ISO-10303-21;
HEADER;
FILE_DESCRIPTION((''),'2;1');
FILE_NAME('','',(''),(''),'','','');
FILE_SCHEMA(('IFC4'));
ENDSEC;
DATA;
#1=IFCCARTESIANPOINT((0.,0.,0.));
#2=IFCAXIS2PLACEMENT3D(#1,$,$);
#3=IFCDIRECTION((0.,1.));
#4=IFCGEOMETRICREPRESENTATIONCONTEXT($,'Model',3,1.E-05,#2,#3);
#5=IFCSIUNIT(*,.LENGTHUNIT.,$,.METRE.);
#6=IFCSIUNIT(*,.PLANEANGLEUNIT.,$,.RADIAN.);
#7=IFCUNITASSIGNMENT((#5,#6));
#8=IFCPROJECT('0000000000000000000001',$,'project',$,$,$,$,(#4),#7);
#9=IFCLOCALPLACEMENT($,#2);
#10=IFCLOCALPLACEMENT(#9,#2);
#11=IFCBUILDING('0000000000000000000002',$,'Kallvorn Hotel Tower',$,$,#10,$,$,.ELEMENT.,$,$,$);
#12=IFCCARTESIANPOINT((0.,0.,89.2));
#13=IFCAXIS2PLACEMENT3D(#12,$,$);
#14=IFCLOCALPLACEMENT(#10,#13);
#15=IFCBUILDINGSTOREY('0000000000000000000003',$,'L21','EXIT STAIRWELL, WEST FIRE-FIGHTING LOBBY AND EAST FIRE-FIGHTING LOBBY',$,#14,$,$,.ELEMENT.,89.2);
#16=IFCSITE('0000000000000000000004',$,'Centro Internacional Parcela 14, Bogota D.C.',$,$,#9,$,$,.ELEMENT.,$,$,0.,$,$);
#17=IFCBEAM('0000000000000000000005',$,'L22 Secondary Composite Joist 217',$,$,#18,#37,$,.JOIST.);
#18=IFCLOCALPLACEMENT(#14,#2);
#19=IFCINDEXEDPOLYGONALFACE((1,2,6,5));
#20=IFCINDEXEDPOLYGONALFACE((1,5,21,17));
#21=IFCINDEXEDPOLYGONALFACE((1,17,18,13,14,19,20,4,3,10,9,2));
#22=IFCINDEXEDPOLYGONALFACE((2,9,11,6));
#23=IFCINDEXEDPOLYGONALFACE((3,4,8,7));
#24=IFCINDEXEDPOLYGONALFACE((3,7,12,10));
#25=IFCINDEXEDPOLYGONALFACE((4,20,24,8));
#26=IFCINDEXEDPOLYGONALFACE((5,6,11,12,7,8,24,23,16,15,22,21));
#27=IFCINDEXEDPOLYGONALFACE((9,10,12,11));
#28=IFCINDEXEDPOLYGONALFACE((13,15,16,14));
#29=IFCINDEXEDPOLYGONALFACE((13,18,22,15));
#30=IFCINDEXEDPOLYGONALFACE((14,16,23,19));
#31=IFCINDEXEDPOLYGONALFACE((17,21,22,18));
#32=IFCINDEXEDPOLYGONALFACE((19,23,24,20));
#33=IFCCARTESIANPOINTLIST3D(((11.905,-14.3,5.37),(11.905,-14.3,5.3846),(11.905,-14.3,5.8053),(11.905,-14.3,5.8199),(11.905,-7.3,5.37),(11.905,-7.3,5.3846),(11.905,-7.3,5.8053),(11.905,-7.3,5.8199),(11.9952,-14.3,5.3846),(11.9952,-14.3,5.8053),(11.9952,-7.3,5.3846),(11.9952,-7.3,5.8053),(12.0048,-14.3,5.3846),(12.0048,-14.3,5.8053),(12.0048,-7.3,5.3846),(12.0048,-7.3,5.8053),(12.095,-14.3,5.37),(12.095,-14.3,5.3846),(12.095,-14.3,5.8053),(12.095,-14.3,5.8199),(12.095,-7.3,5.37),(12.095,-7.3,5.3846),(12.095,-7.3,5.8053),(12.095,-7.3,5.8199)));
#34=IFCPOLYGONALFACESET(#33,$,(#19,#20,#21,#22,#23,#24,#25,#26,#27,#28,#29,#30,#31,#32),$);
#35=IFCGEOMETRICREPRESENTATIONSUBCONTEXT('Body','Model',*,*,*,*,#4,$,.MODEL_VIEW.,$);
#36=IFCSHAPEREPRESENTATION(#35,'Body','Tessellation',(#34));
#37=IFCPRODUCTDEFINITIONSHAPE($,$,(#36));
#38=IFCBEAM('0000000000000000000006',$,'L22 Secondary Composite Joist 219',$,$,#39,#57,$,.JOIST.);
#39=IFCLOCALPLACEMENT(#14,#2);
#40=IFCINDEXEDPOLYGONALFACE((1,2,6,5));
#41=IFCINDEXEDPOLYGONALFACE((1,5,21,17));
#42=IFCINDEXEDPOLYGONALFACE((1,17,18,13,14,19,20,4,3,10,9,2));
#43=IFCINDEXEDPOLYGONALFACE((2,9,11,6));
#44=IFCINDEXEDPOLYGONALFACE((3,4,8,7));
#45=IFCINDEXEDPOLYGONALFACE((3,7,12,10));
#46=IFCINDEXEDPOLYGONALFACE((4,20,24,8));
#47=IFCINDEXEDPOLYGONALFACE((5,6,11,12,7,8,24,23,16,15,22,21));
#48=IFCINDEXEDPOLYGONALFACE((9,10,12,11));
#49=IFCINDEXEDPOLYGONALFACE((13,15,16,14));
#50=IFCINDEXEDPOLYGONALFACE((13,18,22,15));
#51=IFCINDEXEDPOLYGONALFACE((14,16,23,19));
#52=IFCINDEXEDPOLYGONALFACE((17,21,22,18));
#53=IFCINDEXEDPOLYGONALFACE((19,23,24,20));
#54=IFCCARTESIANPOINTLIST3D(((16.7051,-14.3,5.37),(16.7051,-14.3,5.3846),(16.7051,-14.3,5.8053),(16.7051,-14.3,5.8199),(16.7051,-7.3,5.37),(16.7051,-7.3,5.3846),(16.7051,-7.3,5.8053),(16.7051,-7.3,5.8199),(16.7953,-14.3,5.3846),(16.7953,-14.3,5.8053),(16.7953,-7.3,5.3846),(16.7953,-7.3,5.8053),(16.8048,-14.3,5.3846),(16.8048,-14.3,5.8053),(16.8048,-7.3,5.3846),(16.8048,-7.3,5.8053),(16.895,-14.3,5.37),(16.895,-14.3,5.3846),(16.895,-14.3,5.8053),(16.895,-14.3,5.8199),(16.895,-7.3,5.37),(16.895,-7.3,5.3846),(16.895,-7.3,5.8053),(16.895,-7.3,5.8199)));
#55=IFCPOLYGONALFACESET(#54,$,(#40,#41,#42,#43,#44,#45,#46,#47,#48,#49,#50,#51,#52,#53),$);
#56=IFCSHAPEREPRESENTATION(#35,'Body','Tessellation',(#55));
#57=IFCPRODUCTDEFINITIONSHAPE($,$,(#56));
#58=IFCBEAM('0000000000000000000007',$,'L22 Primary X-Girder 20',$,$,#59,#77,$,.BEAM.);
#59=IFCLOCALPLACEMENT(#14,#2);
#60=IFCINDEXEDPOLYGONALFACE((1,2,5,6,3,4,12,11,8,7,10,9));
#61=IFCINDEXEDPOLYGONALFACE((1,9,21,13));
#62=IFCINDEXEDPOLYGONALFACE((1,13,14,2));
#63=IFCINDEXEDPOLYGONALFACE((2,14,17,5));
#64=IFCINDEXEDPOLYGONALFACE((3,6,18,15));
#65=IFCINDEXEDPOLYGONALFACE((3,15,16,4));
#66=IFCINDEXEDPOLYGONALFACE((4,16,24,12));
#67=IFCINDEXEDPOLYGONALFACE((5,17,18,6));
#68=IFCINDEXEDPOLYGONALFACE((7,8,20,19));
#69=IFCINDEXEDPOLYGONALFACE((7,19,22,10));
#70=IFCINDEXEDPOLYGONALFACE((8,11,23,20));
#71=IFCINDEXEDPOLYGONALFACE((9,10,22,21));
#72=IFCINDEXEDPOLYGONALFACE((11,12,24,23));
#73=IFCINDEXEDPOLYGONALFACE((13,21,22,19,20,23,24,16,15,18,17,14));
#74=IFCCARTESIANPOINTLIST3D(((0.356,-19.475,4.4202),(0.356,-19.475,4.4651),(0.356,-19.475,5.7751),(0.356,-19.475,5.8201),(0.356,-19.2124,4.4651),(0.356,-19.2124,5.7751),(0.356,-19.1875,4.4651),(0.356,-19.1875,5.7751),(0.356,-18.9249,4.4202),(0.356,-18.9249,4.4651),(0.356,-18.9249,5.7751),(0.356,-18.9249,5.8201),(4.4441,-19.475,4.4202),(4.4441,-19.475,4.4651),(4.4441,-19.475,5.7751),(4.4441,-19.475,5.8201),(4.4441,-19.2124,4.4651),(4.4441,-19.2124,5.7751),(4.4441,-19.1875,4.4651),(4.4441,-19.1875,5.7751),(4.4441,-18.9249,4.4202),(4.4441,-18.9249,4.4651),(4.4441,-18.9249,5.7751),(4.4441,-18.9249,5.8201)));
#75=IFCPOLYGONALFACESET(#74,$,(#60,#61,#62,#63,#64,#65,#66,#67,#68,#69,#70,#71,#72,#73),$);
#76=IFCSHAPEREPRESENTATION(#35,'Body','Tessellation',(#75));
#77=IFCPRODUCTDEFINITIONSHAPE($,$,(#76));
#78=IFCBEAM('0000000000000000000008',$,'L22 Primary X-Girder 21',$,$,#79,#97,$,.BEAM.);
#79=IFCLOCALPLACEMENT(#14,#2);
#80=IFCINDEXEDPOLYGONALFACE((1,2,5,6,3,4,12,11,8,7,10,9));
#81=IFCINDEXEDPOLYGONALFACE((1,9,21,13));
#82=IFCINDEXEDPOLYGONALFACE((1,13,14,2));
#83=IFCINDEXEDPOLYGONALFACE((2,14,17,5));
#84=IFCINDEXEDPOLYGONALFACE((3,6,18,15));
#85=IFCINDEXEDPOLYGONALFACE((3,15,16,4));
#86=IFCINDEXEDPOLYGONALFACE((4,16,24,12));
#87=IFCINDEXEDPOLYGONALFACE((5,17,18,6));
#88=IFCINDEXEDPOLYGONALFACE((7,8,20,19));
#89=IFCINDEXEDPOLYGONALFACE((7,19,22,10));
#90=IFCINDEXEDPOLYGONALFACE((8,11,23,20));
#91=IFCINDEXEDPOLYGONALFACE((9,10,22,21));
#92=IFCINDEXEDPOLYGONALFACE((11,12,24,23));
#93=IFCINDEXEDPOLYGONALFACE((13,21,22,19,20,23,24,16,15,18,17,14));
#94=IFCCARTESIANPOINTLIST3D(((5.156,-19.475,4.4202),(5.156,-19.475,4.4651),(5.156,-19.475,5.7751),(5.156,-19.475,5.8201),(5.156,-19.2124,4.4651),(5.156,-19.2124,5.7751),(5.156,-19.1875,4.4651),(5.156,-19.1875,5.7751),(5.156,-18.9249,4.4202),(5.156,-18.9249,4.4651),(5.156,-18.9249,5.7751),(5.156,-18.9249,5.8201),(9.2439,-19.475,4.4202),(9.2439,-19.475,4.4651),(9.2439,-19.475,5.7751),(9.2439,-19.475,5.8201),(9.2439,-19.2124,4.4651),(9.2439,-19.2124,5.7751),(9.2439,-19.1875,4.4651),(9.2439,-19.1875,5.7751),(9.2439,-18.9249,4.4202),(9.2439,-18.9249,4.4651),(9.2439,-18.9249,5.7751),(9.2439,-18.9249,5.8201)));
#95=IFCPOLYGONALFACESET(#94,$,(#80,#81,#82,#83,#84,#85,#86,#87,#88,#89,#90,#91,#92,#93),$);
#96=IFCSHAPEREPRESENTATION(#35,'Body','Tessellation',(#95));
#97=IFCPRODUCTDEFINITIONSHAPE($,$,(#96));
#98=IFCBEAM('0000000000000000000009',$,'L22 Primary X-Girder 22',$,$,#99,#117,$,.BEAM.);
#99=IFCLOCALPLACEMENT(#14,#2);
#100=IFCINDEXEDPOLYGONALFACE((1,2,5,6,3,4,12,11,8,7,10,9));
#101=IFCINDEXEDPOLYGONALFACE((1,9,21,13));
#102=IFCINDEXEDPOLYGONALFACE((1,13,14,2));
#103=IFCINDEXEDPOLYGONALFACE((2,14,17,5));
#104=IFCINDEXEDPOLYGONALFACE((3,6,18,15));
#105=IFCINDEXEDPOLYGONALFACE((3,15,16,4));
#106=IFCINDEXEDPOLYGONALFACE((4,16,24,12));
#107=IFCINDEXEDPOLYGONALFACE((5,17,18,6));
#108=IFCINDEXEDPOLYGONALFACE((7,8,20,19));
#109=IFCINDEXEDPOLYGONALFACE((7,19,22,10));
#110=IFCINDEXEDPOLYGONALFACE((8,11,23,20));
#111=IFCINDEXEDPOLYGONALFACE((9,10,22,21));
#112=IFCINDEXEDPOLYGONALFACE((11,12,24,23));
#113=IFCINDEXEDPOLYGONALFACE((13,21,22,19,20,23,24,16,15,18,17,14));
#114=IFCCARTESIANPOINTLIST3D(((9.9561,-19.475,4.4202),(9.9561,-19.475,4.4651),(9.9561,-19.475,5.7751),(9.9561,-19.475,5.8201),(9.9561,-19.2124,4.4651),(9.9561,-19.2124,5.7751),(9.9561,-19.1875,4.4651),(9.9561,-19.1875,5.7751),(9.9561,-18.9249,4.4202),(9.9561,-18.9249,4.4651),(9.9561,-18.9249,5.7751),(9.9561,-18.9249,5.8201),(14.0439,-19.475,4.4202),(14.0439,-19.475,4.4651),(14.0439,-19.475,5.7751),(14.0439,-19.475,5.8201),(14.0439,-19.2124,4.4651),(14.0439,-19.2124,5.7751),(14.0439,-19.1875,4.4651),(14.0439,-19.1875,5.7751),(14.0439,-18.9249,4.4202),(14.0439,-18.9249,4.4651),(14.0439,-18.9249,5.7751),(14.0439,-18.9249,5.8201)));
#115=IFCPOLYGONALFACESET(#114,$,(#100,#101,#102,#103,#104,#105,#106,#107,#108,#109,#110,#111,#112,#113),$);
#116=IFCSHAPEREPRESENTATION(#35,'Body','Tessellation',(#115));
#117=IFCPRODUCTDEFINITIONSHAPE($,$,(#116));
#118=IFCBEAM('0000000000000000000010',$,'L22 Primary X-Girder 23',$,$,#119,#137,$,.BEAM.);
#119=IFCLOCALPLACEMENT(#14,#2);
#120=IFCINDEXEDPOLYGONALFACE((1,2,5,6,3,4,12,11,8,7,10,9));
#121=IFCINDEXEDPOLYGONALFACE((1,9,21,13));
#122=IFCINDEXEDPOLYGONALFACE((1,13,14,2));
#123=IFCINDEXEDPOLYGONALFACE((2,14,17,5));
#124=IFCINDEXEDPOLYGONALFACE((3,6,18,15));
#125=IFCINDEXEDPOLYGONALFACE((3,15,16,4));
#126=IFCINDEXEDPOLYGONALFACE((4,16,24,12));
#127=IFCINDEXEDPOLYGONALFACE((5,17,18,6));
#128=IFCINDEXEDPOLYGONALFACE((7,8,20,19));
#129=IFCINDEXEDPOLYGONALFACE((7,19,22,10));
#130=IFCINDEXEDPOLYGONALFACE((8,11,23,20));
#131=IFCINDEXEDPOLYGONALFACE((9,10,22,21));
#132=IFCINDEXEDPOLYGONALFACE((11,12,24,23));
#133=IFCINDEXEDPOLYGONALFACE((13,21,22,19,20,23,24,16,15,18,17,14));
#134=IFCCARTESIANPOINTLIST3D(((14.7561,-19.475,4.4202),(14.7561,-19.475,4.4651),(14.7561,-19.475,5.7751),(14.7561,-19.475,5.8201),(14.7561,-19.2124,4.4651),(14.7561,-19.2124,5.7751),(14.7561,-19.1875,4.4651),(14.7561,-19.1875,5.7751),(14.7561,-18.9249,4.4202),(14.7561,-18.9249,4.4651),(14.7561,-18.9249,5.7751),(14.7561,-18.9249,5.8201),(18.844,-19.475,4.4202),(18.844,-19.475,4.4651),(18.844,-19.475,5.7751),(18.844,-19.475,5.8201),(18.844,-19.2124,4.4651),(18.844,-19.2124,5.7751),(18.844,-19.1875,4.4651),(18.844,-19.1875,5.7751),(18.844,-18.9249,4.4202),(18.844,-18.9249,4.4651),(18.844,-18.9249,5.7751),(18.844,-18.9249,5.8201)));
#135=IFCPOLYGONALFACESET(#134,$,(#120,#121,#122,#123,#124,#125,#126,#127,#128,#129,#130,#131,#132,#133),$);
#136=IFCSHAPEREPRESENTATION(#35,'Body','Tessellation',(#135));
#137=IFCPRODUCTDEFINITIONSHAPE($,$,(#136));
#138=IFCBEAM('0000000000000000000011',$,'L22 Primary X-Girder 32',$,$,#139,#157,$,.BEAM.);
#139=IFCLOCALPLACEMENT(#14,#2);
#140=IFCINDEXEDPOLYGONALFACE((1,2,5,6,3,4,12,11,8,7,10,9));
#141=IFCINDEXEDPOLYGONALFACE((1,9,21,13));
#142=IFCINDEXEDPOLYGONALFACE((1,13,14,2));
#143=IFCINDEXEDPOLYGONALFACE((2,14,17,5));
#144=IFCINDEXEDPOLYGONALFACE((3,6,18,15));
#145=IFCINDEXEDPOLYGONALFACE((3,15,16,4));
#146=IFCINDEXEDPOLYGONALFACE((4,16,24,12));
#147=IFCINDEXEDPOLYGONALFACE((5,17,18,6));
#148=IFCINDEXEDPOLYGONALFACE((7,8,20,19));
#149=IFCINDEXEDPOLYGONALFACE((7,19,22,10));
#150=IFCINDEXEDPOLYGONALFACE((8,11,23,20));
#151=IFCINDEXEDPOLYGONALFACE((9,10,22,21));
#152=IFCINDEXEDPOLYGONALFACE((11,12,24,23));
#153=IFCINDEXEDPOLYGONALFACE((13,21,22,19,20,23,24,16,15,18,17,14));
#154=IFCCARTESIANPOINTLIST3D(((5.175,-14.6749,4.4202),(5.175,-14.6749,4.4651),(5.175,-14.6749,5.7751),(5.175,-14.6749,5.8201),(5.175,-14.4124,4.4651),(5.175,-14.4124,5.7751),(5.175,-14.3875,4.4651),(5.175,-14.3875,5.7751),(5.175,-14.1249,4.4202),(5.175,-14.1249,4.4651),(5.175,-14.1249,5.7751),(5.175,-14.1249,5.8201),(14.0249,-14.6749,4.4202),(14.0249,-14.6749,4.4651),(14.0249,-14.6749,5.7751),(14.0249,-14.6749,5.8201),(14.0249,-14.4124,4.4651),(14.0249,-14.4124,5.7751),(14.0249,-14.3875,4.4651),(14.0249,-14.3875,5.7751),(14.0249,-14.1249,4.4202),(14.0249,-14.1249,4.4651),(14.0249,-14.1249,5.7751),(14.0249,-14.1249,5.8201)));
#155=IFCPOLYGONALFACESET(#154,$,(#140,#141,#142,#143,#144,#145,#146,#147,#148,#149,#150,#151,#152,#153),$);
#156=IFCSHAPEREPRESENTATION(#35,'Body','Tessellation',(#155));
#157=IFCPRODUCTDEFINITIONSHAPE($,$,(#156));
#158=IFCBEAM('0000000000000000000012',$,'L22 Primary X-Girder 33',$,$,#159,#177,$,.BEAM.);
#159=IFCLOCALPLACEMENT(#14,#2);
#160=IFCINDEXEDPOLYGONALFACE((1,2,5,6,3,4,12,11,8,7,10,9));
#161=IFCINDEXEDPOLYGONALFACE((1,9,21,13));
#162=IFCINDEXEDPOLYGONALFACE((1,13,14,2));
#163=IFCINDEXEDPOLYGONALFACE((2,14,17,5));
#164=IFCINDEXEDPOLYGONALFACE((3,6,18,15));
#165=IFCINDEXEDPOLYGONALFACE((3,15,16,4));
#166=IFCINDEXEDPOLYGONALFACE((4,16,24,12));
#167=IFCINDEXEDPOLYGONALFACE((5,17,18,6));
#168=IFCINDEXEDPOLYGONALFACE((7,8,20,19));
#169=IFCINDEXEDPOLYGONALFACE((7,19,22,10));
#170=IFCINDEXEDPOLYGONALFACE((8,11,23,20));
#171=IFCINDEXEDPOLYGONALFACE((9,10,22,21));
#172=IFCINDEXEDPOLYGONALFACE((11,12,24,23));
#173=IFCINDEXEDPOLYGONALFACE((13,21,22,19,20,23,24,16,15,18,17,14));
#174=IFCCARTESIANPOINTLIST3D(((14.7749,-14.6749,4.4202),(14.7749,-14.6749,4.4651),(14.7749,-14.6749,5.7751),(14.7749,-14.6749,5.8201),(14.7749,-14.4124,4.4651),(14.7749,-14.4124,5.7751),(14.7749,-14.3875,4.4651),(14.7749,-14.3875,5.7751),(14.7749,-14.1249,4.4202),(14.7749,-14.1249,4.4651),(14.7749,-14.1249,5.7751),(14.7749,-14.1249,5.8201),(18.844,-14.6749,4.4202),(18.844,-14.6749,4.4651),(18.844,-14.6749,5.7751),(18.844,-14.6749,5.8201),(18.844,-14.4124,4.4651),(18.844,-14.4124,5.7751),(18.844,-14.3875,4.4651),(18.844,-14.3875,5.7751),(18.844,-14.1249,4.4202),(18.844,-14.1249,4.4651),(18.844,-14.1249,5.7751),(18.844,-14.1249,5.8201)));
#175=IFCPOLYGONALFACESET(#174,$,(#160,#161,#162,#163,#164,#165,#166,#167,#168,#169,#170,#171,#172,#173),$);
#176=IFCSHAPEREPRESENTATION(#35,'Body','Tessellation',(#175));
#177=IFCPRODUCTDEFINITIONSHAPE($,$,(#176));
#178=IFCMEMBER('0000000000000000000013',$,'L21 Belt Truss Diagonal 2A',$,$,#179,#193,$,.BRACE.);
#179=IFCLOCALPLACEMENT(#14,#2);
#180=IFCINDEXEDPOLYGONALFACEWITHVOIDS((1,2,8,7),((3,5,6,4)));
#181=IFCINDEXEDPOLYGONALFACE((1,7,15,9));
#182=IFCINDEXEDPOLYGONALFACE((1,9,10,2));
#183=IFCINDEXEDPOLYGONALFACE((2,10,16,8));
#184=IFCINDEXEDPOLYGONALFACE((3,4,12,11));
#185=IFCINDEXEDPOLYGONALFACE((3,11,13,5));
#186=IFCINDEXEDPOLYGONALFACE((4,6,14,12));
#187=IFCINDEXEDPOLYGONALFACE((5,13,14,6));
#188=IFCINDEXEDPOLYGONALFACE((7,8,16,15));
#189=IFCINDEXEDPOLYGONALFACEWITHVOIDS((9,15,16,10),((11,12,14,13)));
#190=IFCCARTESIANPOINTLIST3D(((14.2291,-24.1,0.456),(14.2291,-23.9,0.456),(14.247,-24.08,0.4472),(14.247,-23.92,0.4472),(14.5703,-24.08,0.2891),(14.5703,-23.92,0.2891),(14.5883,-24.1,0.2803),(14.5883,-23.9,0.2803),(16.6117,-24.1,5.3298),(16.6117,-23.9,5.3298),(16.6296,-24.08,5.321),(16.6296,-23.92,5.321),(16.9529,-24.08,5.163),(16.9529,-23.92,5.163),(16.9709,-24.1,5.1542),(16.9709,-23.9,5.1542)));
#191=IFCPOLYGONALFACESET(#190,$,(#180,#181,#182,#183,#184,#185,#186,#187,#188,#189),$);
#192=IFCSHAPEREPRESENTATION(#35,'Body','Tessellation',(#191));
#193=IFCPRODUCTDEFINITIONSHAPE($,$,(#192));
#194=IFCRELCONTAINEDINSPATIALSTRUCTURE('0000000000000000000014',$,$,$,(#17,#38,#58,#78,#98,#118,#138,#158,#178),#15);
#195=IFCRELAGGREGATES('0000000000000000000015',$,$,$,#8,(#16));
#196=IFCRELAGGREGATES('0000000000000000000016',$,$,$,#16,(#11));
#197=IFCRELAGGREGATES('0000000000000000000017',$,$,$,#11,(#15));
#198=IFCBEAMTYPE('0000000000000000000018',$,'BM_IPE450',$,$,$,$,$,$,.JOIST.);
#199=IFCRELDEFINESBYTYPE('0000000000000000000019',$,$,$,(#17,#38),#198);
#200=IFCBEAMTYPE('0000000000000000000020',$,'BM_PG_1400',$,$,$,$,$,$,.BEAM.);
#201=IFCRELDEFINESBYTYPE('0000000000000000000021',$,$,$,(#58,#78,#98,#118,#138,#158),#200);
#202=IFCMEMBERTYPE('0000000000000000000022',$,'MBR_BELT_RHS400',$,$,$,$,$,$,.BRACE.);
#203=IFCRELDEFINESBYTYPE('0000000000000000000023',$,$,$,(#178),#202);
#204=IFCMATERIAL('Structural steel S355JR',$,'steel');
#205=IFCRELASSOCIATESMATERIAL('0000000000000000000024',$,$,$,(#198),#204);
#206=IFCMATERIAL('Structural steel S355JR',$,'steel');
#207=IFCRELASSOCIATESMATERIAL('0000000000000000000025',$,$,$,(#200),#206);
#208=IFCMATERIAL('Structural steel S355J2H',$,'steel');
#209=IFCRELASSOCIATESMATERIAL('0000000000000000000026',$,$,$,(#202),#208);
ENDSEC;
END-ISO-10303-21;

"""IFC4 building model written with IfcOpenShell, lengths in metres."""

from ifc_helpers import new_model, si_unit, direction, frame, origin, origin_2d, place, context, subcontext, project, spatial, hollow_rectangle, i_section, extrude, material, material_profile, profile_set, type_object, element, save


model = new_model("IFC4")

# Units and contexts
model_context = context("Model", 3, precision=1e-05, world=origin(), true_north=direction((0.0, 1.0)))
body_context = subcontext(model_context, "Body", "Model", "MODEL_VIEW")
ifc_project = project(units=[si_unit("LENGTHUNIT", "METRE"), si_unit("PLANEANGLEUNIT", "RADIAN")], contexts=[model_context])

# Site, building, storey
site_placement = place(None, origin())
site = spatial("IfcSite", under=ifc_project, at=site_placement, Name="Centro Internacional Parcela 14, Bogota D.C.", CompositionType="ELEMENT", RefElevation=0.0)
building_placement = place(site_placement, origin())
building = spatial("IfcBuilding", under=site, at=building_placement, Name="Kallvorn Hotel Tower", CompositionType="ELEMENT")
storey_placement = place(building_placement, frame((0.0, 0.0, 89.2)))
storey = spatial("IfcBuildingStorey", under=building, at=storey_placement, Name="L21", Description="EXIT STAIRWELL, WEST FIRE-FIGHTING LOBBY AND EAST FIRE-FIGHTING LOBBY", CompositionType="ELEMENT", Elevation=89.2)

# Beams
ifc_material_1 = material(Name="Structural steel S355JR", Category="steel")
ifc_material_profile_1 = material_profile(ifc_material_1, i_section(OverallWidth=0.1899, OverallDepth=0.45, WebThickness=0.0095, FlangeThickness=0.0146, at=origin_2d()), Name="IPE 450")
ifc_profile_set_1 = profile_set([ifc_material_profile_1], Name="Structural steel S355JR")
beam_type_1 = type_object("IfcBeamType", Name="BM_IPE450", PredefinedType="JOIST", material=ifc_profile_set_1)
for number, where, z_axis, x_axis, name in (
    (1, (12.0, -14.3, 5.595), (0.0, 1.0, 0.0), (-1.0, 0.0, 0.0), "L22 Secondary Composite Joist 217"),
    (2, (16.8, -14.3, 5.595), (0.0, 1.0, 0.0), (-1.0, 0.0, 0.0), "L22 Secondary Composite Joist 219"),
):
    element("IfcBeam", number, at=place(storey_placement, frame(where, z_axis=z_axis, x_axis=x_axis)), inside=storey, type_object=beam_type_1, Name=name, PredefinedType="JOIST", context=body_context, shape_type="SweptSolid", body=[
        extrude(i_section(OverallWidth=0.1899, OverallDepth=0.45, WebThickness=0.0095, FlangeThickness=0.0146, at=origin_2d()), origin(), (0.0, 0.0, 1.0), 7.0),
    ])
ifc_material_2 = material(Name="Structural steel S355JR", Category="steel")
ifc_material_profile_2 = material_profile(ifc_material_2, i_section(OverallWidth=0.55, OverallDepth=1.3999, WebThickness=0.0249, FlangeThickness=0.0449, at=origin_2d()), Name="PG 1400x550x25x45")
ifc_profile_set_2 = profile_set([ifc_material_profile_2], Name="Structural steel S355JR")
beam_type_2 = type_object("IfcBeamType", Name="BM_PG_1400", PredefinedType="BEAM", material=ifc_profile_set_2)
beam_1_placement = place(storey_placement, frame((0.356, -19.2, 5.1201), z_axis=(1.0, 0.0, 0.0), x_axis=(0.0, 1.0, 0.0)))
element("IfcBeam", 3, at=beam_1_placement, inside=storey, type_object=beam_type_2, Name="L22 Primary X-Girder 20", PredefinedType="BEAM", context=body_context, shape_type="SweptSolid", body=[
    extrude(i_section(OverallWidth=0.55, OverallDepth=1.3999, WebThickness=0.0249, FlangeThickness=0.0449, at=origin_2d()), origin(), (0.0, 0.0, 1.0), 4.0881),
])
for number, where, z_axis, x_axis, name in (
    (4, (5.156, -19.2, 5.1201), (1.0, 0.0, 0.0), (0.0, 1.0, 0.0), "L22 Primary X-Girder 21"),
    (5, (9.9561, -19.2, 5.1201), (1.0, 0.0, 0.0), (0.0, 1.0, 0.0), "L22 Primary X-Girder 22"),
    (6, (14.7561, -19.2, 5.1201), (1.0, 0.0, 0.0), (0.0, 1.0, 0.0), "L22 Primary X-Girder 23"),
):
    element("IfcBeam", number, at=place(storey_placement, frame(where, z_axis=z_axis, x_axis=x_axis)), inside=storey, type_object=beam_type_2, Name=name, PredefinedType="BEAM", context=body_context, shape_type="SweptSolid", body=[
        extrude(i_section(OverallWidth=0.55, OverallDepth=1.3999, WebThickness=0.0249, FlangeThickness=0.0449, at=origin_2d()), origin(), (0.0, 0.0, 1.0), 4.0879),
    ])
beam_2_placement = place(storey_placement, frame((5.175, -14.3999, 5.1201), z_axis=(1.0, 0.0, 0.0), x_axis=(0.0, 1.0, 0.0)))
element("IfcBeam", 7, at=beam_2_placement, inside=storey, type_object=beam_type_2, Name="L22 Primary X-Girder 32", PredefinedType="BEAM", context=body_context, shape_type="SweptSolid", body=[
    extrude(i_section(OverallWidth=0.55, OverallDepth=1.3999, WebThickness=0.0249, FlangeThickness=0.0449, at=origin_2d()), origin(), (0.0, 0.0, 1.0), 8.8499),
])
beam_3_placement = place(storey_placement, frame((14.7749, -14.3999, 5.1201), z_axis=(1.0, 0.0, 0.0), x_axis=(0.0, 1.0, 0.0)))
element("IfcBeam", 8, at=beam_3_placement, inside=storey, type_object=beam_type_2, Name="L22 Primary X-Girder 33", PredefinedType="BEAM", context=body_context, shape_type="SweptSolid", body=[
    extrude(i_section(OverallWidth=0.55, OverallDepth=1.3999, WebThickness=0.0249, FlangeThickness=0.0449, at=origin_2d()), origin(), (0.0, 0.0, 1.0), 4.0691),
])

# Member
ifc_material_3 = material(Name="Structural steel S355J2H", Category="steel")
ifc_material_profile_3 = material_profile(ifc_material_3, hollow_rectangle(XDim=0.2, YDim=0.3999, WallThickness=0.02, at=origin_2d()), Name="RHS 400x200x20")
ifc_profile_set_3 = profile_set([ifc_material_profile_3], Name="Structural steel S355J2H")
member_type_1 = type_object("IfcMemberType", Name="MBR_BELT_RHS400", PredefinedType="BRACE", material=ifc_profile_set_3)
member_1_placement = place(storey_placement, frame((14.4087, -24.0, 0.3682), z_axis=(0.439185, 0.0, 0.898397), x_axis=(0.0, 1.0, 0.0)))
element("IfcMember", 9, at=member_1_placement, inside=storey, type_object=member_type_1, Name="L21 Belt Truss Diagonal 2A", PredefinedType="BRACE", context=body_context, shape_type="SweptSolid", body=[
    extrude(hollow_rectangle(XDim=0.2, YDim=0.3999, WallThickness=0.02, at=origin_2d()), origin(), (0.0, 0.0, 1.0), 5.425),
])

save(model, "model.ifc")
